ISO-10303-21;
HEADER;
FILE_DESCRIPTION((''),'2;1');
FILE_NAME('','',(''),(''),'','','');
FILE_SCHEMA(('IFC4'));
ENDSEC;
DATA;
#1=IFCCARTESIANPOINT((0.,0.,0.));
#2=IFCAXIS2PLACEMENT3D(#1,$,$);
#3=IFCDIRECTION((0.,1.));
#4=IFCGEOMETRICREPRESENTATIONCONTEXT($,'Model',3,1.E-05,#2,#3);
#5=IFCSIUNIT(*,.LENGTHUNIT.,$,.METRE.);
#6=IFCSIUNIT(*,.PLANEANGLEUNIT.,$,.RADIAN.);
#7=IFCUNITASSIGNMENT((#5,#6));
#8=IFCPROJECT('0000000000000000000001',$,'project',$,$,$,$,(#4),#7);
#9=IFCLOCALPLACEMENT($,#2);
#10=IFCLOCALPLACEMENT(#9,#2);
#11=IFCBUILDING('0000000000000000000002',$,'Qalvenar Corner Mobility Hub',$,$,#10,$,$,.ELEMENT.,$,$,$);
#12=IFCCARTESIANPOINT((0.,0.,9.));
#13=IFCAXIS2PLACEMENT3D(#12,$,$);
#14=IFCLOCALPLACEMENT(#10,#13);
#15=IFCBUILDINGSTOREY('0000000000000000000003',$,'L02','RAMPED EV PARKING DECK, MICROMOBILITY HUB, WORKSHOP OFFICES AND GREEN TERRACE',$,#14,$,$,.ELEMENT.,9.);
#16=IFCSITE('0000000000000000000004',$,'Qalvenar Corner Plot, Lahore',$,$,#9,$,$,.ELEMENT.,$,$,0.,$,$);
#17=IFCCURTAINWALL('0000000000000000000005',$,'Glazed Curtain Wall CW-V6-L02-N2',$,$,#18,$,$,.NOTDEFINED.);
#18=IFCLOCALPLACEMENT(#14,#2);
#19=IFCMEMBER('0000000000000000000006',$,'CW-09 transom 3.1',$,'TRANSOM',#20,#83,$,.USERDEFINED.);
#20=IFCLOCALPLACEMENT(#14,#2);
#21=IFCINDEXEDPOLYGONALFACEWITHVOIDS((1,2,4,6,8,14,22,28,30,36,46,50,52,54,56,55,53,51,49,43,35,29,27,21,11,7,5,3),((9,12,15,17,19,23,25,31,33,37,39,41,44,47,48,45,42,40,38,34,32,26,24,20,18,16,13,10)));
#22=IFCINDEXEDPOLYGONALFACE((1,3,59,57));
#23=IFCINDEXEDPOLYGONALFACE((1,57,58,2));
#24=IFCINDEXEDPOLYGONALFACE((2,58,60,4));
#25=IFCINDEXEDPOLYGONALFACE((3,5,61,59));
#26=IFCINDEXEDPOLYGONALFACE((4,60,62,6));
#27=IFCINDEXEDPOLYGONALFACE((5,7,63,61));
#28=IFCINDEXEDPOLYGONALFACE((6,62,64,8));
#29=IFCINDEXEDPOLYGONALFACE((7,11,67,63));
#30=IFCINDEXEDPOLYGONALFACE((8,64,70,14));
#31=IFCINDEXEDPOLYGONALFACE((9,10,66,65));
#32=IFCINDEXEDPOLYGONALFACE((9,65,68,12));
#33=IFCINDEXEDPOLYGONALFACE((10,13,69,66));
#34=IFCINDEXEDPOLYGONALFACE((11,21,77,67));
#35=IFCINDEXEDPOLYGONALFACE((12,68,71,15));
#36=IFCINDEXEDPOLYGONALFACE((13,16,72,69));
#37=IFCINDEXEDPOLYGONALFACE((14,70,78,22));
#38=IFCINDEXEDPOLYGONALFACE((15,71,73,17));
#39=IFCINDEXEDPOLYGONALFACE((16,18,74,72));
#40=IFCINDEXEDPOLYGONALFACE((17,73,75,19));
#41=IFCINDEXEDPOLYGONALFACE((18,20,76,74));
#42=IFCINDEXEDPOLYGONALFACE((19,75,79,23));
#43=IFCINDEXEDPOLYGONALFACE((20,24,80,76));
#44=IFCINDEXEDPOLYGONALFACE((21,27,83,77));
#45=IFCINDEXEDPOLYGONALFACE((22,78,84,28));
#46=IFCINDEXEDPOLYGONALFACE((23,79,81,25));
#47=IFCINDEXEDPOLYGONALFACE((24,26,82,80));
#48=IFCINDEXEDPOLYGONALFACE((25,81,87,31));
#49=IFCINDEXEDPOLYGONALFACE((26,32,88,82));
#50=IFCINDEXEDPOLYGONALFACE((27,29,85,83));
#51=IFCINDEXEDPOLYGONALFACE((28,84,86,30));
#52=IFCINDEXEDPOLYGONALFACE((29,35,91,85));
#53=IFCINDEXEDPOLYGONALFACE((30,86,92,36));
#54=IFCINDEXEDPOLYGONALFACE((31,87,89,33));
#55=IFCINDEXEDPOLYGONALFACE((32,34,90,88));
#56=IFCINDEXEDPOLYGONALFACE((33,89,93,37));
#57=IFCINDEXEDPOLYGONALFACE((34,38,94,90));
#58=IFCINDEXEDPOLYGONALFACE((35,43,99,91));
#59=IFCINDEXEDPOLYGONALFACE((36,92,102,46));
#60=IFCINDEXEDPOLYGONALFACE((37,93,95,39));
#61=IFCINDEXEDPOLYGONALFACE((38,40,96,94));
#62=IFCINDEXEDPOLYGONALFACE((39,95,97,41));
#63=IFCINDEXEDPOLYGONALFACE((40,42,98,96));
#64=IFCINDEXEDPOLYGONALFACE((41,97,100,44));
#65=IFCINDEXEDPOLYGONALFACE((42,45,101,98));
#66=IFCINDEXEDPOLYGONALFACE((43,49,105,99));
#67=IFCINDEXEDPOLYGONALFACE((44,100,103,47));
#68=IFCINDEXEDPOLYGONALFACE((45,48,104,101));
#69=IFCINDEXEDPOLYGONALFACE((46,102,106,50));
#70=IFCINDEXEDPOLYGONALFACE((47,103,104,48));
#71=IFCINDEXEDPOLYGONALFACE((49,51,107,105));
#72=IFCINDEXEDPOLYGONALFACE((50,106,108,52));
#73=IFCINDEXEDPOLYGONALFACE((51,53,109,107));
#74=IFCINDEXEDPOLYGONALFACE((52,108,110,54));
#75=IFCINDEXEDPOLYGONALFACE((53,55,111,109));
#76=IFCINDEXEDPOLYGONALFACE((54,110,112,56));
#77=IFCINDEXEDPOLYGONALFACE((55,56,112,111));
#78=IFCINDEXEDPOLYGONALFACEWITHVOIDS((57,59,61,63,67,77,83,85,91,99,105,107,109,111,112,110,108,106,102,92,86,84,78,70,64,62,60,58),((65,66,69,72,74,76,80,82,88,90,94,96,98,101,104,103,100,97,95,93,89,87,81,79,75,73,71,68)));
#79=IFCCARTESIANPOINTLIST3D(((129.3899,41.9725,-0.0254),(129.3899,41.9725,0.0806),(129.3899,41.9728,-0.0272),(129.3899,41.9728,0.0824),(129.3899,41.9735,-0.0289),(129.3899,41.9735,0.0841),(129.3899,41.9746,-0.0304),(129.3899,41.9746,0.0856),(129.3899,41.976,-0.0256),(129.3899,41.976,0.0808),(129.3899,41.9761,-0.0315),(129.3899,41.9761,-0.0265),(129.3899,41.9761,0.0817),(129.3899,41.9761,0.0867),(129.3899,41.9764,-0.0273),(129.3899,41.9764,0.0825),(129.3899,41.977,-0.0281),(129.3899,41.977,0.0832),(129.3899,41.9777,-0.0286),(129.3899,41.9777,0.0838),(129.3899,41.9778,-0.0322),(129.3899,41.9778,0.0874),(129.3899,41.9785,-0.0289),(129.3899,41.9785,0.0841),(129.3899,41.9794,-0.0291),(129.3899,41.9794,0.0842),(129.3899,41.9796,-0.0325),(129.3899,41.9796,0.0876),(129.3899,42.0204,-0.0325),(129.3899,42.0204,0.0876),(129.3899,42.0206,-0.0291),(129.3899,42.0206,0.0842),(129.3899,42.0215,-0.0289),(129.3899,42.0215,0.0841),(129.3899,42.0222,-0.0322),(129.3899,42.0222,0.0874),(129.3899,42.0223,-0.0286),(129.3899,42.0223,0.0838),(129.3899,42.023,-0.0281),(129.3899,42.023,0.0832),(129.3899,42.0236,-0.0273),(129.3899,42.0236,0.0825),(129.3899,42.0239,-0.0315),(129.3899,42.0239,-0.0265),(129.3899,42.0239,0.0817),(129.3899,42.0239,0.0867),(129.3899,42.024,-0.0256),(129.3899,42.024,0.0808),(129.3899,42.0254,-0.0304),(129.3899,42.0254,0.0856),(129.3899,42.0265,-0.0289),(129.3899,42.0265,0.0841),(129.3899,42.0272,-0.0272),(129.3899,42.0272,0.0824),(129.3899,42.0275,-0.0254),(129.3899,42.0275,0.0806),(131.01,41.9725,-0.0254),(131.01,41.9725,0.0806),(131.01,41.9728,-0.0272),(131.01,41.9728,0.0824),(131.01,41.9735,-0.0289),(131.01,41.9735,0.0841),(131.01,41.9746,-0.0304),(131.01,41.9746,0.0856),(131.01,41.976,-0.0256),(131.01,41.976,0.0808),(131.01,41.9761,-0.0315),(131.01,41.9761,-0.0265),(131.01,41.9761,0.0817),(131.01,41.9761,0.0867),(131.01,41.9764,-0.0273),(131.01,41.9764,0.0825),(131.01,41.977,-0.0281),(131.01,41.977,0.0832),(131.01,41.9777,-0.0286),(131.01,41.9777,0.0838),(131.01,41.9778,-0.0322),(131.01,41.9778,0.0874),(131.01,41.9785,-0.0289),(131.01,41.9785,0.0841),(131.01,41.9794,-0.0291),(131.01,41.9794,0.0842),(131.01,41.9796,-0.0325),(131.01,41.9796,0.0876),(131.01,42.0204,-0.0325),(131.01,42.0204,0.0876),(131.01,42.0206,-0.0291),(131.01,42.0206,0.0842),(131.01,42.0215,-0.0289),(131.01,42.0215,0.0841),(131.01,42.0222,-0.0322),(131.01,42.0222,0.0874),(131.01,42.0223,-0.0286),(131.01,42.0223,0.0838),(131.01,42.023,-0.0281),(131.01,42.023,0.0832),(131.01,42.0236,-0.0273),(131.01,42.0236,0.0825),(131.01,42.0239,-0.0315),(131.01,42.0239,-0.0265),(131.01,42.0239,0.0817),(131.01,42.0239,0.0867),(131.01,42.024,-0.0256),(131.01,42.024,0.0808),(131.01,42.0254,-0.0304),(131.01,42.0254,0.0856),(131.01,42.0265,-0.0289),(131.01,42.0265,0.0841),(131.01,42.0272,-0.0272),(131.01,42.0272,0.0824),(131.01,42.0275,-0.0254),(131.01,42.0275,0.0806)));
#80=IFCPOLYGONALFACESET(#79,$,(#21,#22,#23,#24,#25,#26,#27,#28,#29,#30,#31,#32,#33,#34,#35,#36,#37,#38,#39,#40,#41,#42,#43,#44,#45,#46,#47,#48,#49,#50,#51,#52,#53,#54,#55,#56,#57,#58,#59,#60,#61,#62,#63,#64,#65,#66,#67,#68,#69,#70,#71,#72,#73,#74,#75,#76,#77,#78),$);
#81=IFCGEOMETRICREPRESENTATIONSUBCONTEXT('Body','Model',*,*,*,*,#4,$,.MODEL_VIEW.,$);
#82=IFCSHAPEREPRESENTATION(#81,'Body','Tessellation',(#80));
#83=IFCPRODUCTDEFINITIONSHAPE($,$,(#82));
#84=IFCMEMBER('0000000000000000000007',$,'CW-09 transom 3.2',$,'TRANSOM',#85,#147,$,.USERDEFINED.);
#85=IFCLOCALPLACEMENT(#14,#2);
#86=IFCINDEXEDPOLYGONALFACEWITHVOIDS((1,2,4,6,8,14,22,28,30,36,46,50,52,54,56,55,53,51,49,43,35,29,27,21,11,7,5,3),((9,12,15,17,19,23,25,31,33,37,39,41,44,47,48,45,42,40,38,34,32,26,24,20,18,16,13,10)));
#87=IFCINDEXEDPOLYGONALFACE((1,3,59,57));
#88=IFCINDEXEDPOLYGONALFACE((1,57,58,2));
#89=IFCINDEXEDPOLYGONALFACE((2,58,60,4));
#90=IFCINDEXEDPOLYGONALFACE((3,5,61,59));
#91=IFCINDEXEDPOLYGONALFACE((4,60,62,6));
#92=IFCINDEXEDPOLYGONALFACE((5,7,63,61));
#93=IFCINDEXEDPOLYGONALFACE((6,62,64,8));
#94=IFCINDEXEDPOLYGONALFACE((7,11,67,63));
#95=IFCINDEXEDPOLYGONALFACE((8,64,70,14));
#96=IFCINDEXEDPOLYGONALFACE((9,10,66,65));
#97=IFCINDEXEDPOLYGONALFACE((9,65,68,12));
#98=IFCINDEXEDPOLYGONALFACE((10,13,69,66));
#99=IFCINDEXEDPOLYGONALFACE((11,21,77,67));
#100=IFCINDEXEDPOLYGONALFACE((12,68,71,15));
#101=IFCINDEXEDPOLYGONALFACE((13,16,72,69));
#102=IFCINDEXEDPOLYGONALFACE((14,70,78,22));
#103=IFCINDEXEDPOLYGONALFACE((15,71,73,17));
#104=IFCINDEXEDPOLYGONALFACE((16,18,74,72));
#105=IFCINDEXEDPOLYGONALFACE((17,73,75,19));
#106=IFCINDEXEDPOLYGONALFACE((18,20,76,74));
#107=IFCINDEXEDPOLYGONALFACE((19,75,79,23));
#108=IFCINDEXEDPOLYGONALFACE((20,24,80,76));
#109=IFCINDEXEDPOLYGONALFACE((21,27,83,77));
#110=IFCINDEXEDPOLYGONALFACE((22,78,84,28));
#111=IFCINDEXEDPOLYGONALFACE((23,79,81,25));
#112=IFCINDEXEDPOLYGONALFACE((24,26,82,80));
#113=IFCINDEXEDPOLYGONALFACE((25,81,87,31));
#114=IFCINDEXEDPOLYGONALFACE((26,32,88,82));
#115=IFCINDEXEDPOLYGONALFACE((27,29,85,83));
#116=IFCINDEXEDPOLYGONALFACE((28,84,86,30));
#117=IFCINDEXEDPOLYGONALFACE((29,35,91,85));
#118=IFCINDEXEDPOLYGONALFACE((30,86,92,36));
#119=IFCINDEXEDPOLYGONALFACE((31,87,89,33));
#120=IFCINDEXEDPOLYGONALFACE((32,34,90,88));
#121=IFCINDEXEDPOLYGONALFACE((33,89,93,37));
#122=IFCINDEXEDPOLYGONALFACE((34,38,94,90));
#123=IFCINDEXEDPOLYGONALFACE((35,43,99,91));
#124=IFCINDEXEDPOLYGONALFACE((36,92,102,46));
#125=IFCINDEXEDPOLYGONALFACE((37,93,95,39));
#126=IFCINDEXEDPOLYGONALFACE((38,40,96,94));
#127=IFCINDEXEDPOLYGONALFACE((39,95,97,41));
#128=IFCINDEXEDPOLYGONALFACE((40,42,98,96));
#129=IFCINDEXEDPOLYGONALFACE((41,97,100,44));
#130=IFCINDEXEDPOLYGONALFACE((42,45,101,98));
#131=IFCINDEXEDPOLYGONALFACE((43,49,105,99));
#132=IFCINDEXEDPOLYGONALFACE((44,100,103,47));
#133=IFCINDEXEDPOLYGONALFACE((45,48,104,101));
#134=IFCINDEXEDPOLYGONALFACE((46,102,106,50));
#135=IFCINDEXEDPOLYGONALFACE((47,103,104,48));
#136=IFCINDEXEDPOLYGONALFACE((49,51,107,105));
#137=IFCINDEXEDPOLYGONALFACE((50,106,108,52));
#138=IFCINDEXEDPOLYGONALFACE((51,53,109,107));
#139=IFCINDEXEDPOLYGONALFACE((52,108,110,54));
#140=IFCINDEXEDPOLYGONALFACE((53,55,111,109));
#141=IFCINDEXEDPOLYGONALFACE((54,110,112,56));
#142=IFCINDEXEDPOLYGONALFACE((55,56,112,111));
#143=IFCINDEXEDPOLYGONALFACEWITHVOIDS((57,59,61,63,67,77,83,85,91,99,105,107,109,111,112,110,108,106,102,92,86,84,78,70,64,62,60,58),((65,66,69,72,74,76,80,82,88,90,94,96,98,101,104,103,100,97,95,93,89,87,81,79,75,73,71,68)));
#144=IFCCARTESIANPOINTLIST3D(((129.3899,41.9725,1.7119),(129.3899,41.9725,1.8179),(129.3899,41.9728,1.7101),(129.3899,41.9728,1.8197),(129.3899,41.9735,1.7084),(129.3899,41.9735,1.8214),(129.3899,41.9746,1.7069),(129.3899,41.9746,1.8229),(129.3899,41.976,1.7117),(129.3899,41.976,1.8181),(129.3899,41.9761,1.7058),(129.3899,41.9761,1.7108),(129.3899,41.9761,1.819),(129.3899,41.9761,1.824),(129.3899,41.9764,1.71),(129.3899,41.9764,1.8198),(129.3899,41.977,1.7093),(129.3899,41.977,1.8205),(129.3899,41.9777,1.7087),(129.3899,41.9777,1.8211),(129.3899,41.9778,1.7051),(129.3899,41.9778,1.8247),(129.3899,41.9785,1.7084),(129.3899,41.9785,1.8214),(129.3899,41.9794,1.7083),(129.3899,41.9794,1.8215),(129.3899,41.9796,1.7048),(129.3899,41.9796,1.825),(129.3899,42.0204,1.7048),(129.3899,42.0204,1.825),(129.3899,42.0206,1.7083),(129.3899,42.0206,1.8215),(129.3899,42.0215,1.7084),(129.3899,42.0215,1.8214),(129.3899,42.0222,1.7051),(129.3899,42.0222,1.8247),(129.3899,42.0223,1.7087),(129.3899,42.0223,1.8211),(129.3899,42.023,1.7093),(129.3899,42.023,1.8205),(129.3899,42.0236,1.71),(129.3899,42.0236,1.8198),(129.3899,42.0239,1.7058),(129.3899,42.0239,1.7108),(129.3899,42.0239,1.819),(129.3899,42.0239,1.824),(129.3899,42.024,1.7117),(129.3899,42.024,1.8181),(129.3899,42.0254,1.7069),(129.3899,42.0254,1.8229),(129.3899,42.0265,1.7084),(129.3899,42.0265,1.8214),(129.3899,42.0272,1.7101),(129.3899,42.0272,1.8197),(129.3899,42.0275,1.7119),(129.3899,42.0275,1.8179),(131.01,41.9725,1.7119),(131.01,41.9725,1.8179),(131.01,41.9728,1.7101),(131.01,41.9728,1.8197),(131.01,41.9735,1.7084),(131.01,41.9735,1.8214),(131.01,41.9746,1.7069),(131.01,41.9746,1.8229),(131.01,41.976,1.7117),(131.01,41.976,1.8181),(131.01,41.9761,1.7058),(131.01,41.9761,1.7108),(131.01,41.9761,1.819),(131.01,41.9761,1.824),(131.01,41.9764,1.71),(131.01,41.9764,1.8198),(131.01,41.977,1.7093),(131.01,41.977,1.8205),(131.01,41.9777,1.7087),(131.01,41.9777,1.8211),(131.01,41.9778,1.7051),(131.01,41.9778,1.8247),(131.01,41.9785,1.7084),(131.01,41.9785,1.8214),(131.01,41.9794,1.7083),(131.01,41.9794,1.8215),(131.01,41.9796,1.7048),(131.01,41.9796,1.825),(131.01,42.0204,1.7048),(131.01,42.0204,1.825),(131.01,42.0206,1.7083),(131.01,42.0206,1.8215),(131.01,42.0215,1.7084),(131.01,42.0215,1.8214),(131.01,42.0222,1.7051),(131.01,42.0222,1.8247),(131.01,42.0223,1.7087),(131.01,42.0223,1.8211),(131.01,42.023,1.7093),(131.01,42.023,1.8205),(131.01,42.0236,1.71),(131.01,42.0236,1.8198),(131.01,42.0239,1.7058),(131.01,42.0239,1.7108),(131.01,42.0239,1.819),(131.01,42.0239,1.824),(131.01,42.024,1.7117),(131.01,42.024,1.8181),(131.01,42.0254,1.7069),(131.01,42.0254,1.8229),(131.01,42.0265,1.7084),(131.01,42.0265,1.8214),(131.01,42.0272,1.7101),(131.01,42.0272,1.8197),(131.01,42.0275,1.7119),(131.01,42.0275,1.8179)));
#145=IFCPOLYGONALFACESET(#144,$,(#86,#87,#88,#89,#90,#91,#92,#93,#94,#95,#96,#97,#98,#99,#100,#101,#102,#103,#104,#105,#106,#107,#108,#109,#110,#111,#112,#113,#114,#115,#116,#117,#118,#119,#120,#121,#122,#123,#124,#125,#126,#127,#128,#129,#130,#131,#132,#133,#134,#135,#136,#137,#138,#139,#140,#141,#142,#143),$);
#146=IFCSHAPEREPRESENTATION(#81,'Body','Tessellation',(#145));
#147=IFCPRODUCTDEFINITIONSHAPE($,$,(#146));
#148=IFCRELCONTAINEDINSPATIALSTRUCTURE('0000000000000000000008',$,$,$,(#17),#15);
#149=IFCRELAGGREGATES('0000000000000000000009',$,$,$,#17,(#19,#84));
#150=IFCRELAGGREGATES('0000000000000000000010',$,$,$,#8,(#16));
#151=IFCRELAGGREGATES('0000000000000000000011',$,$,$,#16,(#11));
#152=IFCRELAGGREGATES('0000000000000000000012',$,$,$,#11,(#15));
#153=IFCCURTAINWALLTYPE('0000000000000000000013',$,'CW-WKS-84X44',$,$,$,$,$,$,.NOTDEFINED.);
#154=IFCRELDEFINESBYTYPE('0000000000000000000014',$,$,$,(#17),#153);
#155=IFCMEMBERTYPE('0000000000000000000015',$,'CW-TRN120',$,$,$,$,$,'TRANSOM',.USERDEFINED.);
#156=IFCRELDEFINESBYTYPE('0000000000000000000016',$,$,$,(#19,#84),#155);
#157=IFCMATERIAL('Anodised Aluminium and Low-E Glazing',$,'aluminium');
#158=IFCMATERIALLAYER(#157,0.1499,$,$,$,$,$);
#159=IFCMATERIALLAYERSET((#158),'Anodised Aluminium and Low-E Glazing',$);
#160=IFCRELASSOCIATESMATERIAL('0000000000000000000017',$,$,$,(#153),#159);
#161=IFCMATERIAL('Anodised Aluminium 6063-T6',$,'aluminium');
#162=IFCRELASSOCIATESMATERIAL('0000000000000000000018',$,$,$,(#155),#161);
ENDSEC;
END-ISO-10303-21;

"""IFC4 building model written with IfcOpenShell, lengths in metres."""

from ifc_helpers import new_model, si_unit, direction, frame, origin, origin_2d, place, context, subcontext, project, spatial, hollow_rectangle, extrude, material, layer, layer_set, material_profile, profile_set, type_object, element, aggregate, save


model = new_model("IFC4")

# Units and contexts
model_context = context("Model", 3, precision=1e-05, world=origin(), true_north=direction((0.0, 1.0)))
body_context = subcontext(model_context, "Body", "Model", "MODEL_VIEW")
ifc_project = project(units=[si_unit("LENGTHUNIT", "METRE"), si_unit("PLANEANGLEUNIT", "RADIAN")], contexts=[model_context])

# Site, building, storey
site_placement = place(None, origin())
site = spatial("IfcSite", under=ifc_project, at=site_placement, Name="Qalvenar Corner Plot, Lahore", CompositionType="ELEMENT", RefElevation=0.0)
building_placement = place(site_placement, origin())
building = spatial("IfcBuilding", under=site, at=building_placement, Name="Qalvenar Corner Mobility Hub", CompositionType="ELEMENT")
storey_placement = place(building_placement, frame((0.0, 0.0, 9.0)))
storey = spatial("IfcBuildingStorey", under=building, at=storey_placement, Name="L02", Description="RAMPED EV PARKING DECK, MICROMOBILITY HUB, WORKSHOP OFFICES AND GREEN TERRACE", CompositionType="ELEMENT", Elevation=9.0)

# Curtain wall, members
ifc_material_1 = material(Name="Anodised Aluminium and Low-E Glazing", Category="aluminium")
ifc_layer_1 = layer(ifc_material_1, 0.1499)
ifc_layer_set_1 = layer_set([ifc_layer_1], Name="Anodised Aluminium and Low-E Glazing")
curtain_wall_type = type_object("IfcCurtainWallType", Name="CW-WKS-84X44", PredefinedType="NOTDEFINED", material=ifc_layer_set_1)
curtain_wall_placement = place(storey_placement, origin())
curtain_wall = element("IfcCurtainWall", 1, at=curtain_wall_placement, inside=storey, type_object=curtain_wall_type, Name="Glazed Curtain Wall CW-V6-L02-N2", PredefinedType="NOTDEFINED")
ifc_material_2 = material(Name="Anodised Aluminium 6063-T6", Category="aluminium")
ifc_material_profile_1 = material_profile(ifc_material_2, hollow_rectangle(XDim=0.0549, YDim=0.1201, WallThickness=0.0034, InnerFilletRadius=0.0034, OuterFilletRadius=0.0071, at=origin_2d()), Name="RHS120x55x3.5")
ifc_profile_set_1 = profile_set([ifc_material_profile_1], Name="Anodised Aluminium 6063-T6")
member_type_1 = type_object("IfcMemberType", Name="CW-TRN120", ElementType="TRANSOM", PredefinedType="USERDEFINED", material=ifc_profile_set_1)
member_1_placement = place(storey_placement, frame((131.01, 42.0, 0.0276), z_axis=(-1.0, 0.0, 0.0), x_axis=(0.0, -1.0, 0.0)))
member_1 = element("IfcMember", 2, at=member_1_placement, type_object=member_type_1, Name="CW-09 transom 3.1", ObjectType="TRANSOM", PredefinedType="USERDEFINED", context=body_context, shape_type="SweptSolid", body=[
    extrude(hollow_rectangle(XDim=0.0549, YDim=0.1201, WallThickness=0.0034, InnerFilletRadius=0.0034, OuterFilletRadius=0.0071, at=origin_2d()), origin(), (0.0, 0.0, 1.0), 1.6201),
])
member_2_placement = place(storey_placement, frame((131.01, 42.0, 1.7649), z_axis=(-1.0, 0.0, 0.0), x_axis=(0.0, -1.0, 0.0)))
member_2 = element("IfcMember", 3, at=member_2_placement, type_object=member_type_1, Name="CW-09 transom 3.2", ObjectType="TRANSOM", PredefinedType="USERDEFINED", context=body_context, shape_type="SweptSolid", body=[
    extrude(hollow_rectangle(XDim=0.0549, YDim=0.1201, WallThickness=0.0034, InnerFilletRadius=0.0034, OuterFilletRadius=0.0071, at=origin_2d()), origin(), (0.0, 0.0, 1.0), 1.6201),
])
aggregate(curtain_wall, [member_1, member_2])

save(model, "model.ifc")
